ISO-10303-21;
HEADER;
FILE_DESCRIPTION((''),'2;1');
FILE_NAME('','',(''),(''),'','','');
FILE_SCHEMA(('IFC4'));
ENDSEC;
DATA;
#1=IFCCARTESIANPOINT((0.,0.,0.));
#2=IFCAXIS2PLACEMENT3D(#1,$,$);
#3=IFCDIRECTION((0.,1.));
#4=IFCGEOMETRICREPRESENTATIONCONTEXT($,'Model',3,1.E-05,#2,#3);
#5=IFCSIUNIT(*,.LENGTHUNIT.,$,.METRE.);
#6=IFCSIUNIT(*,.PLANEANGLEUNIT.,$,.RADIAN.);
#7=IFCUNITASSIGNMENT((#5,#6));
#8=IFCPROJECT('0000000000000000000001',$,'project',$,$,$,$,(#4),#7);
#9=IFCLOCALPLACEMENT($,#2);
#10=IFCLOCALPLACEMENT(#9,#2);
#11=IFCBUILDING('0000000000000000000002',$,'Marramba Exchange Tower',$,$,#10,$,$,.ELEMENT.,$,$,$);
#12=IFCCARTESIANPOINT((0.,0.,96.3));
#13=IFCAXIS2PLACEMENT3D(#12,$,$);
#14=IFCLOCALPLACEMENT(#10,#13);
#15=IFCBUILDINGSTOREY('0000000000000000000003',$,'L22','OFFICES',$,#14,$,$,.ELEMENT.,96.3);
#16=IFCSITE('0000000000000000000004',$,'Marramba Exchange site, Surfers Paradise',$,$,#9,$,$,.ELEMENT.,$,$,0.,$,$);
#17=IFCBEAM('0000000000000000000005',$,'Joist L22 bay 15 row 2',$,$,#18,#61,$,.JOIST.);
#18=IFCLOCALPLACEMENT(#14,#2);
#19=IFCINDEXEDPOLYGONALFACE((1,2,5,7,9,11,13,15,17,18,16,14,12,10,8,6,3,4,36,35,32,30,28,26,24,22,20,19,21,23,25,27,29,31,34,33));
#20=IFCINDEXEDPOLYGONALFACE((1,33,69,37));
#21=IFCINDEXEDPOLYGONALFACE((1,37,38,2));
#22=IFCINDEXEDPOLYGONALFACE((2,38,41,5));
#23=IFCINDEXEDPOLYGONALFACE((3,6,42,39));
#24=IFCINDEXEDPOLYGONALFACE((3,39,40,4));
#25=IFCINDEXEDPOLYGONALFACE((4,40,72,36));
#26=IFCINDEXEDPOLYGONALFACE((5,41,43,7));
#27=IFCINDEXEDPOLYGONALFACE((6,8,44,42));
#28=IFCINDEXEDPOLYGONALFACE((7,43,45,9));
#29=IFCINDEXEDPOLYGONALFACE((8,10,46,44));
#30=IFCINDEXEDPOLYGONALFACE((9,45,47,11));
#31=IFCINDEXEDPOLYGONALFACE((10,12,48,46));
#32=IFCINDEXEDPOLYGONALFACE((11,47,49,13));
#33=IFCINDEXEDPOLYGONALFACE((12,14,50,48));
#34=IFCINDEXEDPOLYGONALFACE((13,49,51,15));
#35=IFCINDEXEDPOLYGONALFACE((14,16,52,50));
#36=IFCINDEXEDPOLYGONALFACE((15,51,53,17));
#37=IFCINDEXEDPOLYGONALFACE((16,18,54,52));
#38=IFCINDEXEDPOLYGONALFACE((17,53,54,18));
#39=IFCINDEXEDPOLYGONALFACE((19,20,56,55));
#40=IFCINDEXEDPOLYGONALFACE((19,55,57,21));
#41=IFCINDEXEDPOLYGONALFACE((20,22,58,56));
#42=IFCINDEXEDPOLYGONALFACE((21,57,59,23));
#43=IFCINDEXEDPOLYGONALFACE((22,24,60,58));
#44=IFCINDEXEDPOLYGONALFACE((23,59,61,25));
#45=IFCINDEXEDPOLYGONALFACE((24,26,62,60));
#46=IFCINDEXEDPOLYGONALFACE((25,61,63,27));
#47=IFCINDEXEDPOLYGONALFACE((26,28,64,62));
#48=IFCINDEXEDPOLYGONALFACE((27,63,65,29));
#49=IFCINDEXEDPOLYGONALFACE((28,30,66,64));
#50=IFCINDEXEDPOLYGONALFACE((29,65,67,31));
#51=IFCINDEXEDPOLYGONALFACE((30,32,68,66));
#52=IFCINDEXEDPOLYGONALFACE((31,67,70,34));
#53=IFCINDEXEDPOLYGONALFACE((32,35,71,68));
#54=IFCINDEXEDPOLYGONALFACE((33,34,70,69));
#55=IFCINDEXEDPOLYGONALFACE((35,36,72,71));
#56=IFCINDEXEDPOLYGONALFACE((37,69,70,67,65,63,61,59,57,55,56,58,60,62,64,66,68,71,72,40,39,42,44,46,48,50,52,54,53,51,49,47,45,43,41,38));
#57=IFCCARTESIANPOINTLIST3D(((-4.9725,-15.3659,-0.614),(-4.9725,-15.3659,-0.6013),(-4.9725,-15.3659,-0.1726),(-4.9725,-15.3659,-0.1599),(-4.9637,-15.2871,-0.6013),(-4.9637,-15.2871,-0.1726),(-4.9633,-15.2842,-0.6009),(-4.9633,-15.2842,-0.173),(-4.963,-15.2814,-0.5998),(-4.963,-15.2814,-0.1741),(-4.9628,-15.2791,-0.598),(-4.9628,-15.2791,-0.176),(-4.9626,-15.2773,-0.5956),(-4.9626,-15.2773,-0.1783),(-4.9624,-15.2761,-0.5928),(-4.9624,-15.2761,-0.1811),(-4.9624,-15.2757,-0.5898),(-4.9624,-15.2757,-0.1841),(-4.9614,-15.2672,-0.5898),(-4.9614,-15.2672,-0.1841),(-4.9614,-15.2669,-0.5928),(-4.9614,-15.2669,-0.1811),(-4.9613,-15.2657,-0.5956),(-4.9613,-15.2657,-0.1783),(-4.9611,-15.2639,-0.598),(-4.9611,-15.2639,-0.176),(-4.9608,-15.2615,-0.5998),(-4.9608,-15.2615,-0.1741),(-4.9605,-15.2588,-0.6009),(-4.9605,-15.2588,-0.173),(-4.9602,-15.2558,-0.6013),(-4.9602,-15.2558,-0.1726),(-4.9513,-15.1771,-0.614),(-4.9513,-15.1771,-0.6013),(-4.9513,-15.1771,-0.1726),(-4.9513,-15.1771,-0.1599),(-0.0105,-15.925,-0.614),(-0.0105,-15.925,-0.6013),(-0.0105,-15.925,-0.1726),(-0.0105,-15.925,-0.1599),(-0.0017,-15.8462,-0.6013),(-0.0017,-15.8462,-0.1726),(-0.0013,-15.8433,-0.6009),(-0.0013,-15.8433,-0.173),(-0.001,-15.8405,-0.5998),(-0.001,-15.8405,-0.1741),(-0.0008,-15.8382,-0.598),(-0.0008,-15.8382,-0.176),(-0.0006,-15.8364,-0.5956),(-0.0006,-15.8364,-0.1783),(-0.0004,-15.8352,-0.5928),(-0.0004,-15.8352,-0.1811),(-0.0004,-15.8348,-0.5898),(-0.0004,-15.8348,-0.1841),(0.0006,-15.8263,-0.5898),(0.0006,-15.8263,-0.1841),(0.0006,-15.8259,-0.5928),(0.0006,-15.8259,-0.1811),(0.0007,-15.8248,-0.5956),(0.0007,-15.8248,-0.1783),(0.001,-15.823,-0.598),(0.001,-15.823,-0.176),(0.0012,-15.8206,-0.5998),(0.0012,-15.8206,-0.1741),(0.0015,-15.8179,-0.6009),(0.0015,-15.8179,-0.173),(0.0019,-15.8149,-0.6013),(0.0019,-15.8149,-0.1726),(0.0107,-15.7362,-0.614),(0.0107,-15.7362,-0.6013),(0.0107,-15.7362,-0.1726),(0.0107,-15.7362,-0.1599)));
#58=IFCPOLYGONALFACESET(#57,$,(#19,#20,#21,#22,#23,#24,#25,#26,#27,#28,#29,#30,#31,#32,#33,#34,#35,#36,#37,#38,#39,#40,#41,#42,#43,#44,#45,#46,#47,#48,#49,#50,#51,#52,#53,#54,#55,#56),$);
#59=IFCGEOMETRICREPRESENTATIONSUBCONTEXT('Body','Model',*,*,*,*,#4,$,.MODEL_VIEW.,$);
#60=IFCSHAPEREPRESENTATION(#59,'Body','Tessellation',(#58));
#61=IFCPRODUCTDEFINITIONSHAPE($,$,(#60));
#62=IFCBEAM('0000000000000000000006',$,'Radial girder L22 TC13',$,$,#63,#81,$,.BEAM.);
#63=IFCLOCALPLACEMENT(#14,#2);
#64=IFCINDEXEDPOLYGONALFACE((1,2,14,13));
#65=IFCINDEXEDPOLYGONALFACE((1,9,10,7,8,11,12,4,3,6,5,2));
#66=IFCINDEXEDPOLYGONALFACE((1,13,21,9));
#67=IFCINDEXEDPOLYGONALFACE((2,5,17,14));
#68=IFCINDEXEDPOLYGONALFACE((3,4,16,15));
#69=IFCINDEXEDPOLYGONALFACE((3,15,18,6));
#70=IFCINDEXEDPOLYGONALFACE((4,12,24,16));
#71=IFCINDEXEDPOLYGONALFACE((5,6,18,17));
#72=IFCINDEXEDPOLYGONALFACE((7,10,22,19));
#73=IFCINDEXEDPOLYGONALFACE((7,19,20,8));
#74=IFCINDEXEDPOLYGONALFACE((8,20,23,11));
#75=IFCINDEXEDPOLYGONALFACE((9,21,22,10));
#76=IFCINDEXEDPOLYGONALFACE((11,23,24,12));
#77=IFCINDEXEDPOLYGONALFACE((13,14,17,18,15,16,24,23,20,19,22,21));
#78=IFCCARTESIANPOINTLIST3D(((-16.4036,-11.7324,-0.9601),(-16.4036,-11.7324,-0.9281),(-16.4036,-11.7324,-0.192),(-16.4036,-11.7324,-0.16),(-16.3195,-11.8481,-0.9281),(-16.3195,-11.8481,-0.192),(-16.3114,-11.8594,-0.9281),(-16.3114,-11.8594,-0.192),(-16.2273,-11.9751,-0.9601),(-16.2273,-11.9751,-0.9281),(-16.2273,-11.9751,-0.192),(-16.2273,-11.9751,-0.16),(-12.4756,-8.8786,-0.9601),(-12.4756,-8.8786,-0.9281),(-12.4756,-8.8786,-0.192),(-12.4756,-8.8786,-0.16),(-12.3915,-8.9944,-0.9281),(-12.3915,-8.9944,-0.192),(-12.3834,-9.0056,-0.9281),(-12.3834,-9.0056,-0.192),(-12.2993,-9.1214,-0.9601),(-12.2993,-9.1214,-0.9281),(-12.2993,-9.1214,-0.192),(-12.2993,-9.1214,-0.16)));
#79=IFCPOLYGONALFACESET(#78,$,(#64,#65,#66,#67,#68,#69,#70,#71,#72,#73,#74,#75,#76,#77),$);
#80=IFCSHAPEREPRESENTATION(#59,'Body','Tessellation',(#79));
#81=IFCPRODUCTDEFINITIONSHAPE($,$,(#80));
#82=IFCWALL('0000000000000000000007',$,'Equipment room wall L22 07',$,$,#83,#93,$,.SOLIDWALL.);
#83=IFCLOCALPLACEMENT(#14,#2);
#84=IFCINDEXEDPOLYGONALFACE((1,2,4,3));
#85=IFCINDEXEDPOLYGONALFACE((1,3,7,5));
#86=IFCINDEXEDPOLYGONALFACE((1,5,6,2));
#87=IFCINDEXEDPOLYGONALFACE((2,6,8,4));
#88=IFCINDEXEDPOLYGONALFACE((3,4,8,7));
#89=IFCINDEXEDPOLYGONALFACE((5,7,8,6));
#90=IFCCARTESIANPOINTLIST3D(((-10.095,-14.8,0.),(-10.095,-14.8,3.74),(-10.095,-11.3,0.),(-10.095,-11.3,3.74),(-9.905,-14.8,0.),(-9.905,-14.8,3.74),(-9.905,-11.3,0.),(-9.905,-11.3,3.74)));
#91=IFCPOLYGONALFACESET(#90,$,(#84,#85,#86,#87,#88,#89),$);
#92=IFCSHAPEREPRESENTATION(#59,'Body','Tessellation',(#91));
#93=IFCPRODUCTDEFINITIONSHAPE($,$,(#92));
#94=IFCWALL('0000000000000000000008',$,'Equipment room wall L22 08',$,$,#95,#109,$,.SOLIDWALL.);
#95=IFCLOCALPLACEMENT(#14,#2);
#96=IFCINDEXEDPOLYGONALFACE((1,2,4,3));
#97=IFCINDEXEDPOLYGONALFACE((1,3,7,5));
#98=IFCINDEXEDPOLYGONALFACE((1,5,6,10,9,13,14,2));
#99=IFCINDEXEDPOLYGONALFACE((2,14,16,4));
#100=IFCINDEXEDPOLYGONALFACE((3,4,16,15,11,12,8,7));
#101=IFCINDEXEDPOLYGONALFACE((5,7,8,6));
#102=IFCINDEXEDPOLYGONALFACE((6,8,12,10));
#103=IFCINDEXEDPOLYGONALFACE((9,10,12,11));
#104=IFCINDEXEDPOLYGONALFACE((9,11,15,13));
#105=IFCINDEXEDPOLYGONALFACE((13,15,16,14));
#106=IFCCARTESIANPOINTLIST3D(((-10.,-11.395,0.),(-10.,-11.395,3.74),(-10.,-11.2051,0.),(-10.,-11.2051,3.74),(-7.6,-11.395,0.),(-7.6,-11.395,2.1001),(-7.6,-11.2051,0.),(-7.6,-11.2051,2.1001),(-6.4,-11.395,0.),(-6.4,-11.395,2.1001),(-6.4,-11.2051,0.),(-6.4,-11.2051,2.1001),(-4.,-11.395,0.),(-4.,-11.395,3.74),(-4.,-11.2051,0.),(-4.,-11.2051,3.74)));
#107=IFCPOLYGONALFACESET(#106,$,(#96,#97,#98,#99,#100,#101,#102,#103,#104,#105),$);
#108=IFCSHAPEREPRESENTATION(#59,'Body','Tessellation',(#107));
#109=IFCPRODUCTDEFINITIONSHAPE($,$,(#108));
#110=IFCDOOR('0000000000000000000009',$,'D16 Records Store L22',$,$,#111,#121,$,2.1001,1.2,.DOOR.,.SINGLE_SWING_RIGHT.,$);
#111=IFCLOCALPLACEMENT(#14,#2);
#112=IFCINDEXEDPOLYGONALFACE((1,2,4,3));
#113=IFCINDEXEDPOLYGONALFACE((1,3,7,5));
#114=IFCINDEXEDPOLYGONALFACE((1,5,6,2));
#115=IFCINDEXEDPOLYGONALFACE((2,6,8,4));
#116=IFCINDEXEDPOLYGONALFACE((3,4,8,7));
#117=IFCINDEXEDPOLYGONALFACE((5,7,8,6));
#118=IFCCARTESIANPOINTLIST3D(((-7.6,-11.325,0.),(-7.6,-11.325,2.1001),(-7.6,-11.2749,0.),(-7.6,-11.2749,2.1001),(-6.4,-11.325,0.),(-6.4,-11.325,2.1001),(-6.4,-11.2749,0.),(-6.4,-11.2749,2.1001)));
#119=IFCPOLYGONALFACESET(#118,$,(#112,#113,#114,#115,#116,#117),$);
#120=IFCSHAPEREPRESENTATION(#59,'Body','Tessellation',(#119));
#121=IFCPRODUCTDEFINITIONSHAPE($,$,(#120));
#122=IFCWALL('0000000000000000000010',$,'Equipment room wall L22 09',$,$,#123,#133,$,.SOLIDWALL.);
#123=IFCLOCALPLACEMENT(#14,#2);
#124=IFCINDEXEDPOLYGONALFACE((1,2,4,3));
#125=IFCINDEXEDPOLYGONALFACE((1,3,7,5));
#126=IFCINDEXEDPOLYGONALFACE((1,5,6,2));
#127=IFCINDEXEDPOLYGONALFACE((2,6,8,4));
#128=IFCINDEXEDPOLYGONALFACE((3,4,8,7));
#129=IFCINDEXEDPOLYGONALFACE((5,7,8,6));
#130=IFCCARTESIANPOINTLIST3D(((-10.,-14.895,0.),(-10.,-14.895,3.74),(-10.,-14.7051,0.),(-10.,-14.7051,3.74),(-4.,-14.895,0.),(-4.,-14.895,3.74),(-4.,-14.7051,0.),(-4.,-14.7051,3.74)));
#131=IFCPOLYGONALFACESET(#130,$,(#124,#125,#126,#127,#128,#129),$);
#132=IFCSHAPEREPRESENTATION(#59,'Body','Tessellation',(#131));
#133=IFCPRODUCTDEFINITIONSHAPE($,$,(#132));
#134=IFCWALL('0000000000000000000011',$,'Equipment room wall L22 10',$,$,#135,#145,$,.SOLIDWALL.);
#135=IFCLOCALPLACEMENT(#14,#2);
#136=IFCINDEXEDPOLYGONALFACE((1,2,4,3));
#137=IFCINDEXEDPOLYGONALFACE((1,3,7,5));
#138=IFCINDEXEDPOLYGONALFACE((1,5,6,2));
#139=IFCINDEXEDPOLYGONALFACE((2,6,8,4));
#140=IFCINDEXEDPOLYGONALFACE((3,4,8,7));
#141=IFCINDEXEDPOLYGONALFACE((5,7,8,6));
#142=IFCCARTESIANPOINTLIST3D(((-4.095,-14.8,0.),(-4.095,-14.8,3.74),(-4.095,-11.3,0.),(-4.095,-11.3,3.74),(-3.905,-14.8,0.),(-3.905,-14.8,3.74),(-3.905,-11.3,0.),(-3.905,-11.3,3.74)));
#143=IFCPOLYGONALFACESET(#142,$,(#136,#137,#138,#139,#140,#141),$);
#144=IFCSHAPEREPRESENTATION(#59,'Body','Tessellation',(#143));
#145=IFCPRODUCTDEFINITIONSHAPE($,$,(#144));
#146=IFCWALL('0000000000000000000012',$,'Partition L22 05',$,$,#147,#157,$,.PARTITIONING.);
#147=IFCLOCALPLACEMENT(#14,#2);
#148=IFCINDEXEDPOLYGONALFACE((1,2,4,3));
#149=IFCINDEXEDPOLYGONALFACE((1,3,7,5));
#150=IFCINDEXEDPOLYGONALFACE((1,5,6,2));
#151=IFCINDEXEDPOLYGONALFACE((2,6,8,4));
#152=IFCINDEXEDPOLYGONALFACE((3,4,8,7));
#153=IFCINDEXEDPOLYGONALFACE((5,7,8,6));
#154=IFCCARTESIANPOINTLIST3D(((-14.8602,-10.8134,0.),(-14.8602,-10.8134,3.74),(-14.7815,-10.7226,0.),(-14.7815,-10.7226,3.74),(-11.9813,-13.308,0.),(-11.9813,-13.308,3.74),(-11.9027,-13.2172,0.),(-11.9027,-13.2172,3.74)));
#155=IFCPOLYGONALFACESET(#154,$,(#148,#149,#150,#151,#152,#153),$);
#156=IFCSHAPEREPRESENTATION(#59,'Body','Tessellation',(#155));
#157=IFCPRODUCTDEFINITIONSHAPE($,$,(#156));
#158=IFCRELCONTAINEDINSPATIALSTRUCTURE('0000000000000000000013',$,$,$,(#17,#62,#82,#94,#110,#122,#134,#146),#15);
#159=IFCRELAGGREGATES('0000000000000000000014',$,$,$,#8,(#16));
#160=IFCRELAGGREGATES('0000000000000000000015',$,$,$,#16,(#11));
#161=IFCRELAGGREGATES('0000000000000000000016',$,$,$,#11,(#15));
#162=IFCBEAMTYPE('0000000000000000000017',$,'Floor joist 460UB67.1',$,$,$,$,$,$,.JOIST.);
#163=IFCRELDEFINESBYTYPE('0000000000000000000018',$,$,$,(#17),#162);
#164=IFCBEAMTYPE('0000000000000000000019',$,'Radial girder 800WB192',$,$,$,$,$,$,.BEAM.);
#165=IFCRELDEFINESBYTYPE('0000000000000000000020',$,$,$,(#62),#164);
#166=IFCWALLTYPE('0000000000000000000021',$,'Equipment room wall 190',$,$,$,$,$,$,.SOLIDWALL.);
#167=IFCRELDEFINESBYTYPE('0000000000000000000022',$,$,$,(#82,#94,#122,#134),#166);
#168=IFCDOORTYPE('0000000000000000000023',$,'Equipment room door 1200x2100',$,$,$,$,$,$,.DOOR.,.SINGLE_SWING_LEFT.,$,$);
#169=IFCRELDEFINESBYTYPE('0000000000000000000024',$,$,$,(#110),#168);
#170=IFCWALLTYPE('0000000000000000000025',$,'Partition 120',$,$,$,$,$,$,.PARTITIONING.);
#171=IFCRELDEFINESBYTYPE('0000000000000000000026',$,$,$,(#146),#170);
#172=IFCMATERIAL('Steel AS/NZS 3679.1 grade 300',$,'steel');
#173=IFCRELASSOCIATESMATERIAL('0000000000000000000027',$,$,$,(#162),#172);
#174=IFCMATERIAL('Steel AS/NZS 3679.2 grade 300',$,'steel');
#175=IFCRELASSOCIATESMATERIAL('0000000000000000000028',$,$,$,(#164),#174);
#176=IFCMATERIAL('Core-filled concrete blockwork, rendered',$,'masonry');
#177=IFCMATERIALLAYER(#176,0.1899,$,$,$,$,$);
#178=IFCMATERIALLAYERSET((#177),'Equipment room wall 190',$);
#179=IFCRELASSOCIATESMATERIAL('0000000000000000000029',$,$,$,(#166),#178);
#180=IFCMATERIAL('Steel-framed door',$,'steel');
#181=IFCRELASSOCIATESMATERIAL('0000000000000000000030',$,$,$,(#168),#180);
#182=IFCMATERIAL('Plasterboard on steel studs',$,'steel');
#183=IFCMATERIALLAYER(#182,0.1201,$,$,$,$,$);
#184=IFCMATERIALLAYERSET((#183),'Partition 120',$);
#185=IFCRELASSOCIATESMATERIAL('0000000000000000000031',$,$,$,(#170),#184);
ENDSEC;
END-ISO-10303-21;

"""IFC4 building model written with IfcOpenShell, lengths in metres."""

from ifc_helpers import new_model, si_unit, direction, frame, frame_2d, origin, origin_2d, place, context, subcontext, project, spatial, rectangle, i_section, extrude, material, layer, layer_set, material_profile, profile_set, type_object, element, fill, save


model = new_model("IFC4")

# Units and contexts
model_context = context("Model", 3, precision=1e-05, world=origin(), true_north=direction((0.0, 1.0)))
body_context = subcontext(model_context, "Body", "Model", "MODEL_VIEW")
ifc_project = project(units=[si_unit("LENGTHUNIT", "METRE"), si_unit("PLANEANGLEUNIT", "RADIAN")], contexts=[model_context])

# Site, building, storey
site_placement = place(None, origin())
site = spatial("IfcSite", under=ifc_project, at=site_placement, Name="Marramba Exchange site, Surfers Paradise", CompositionType="ELEMENT", RefElevation=0.0)
building_placement = place(site_placement, origin())
building = spatial("IfcBuilding", under=site, at=building_placement, Name="Marramba Exchange Tower", CompositionType="ELEMENT")
storey_placement = place(building_placement, frame((0.0, 0.0, 96.3)))
storey = spatial("IfcBuildingStorey", under=building, at=storey_placement, Name="L22", Description="OFFICES", CompositionType="ELEMENT", Elevation=96.3)

# Beams
ifc_material_1 = material(Name="Steel AS/NZS 3679.2 grade 300", Category="steel")
ifc_material_2 = material(Name="Steel AS/NZS 3679.1 grade 300", Category="steel")
ifc_material_profile_1 = material_profile(ifc_material_2, i_section(OverallWidth=0.1899, OverallDepth=0.4541, WebThickness=0.0085, FlangeThickness=0.0127, FilletRadius=0.0115, at=origin_2d()), Name="460UB67.1")
ifc_profile_set_1 = profile_set([ifc_material_profile_1], Name="Steel AS/NZS 3679.1 grade 300")
beam_type_1 = type_object("IfcBeamType", Name="Floor joist 460UB67.1", PredefinedType="JOIST", material=ifc_profile_set_1)
beam_1_placement = place(storey_placement, frame((-4.9619, -15.2715, -0.387), z_axis=(0.993712, -0.111966, 0.0), x_axis=(0.111966, 0.993712, 0.0)))
element("IfcBeam", 1, at=beam_1_placement, inside=storey, type_object=beam_type_1, Name="Joist L22 bay 15 row 2", PredefinedType="JOIST", context=body_context, shape_type="SweptSolid", body=[
    extrude(i_section(OverallWidth=0.1899, OverallDepth=0.4541, WebThickness=0.0085, FlangeThickness=0.0127, FilletRadius=0.0115, at=origin_2d()), origin(), (0.0, 0.0, 1.0), 4.9934),
])
ifc_material_profile_2 = material_profile(ifc_material_1, i_section(OverallWidth=0.3, OverallDepth=0.8, WebThickness=0.0139, FlangeThickness=0.032, at=origin_2d()), Name="800WB192")
ifc_profile_set_2 = profile_set([ifc_material_profile_2], Name="Steel AS/NZS 3679.2 grade 300")
beam_type_2 = type_object("IfcBeamType", Name="Radial girder 800WB192", PredefinedType="BEAM", material=ifc_profile_set_2)
beam_2_placement = place(storey_placement, frame((-12.3875, -9.0, -0.5601), z_axis=(-0.809025, -0.587774, 0.0), x_axis=(0.587774, -0.809025, 0.0)))
element("IfcBeam", 2, at=beam_2_placement, inside=storey, type_object=beam_type_2, Name="Radial girder L22 TC13", PredefinedType="BEAM", context=body_context, shape_type="SweptSolid", body=[
    extrude(i_section(OverallWidth=0.3, OverallDepth=0.8, WebThickness=0.0139, FlangeThickness=0.032, at=origin_2d()), origin(), (0.0, 0.0, 1.0), 4.8552),
])

# Wall
ifc_material_3 = material(Name="Core-filled concrete blockwork, rendered", Category="masonry")
ifc_layer_1 = layer(ifc_material_3, 0.1899)
ifc_layer_set_1 = layer_set([ifc_layer_1], Name="Equipment room wall 190")
wall_type_1 = type_object("IfcWallType", Name="Equipment room wall 190", PredefinedType="SOLIDWALL", material=ifc_layer_set_1)
wall_1_placement = place(storey_placement, frame((-10.0, -11.3, 0.0), z_axis=(0.0, 0.0, 1.0), x_axis=(0.0, -1.0, 0.0)))
element("IfcWall", 3, at=wall_1_placement, inside=storey, type_object=wall_type_1, Name="Equipment room wall L22 07", PredefinedType="SOLIDWALL", context=body_context, shape_type="SweptSolid", body=[
    extrude(rectangle(XDim=3.5, YDim=0.1899, at=frame_2d((1.75, 0.0))), origin(), (0.0, 0.0, 1.0), 3.74),
])

# Wall, opening, door
wall_2_placement = place(storey_placement, frame((-4.0, -11.3, 0.0), z_axis=(0.0, 0.0, 1.0), x_axis=(-1.0, 0.0, 0.0)))
wall_2 = element("IfcWall", 4, at=wall_2_placement, inside=storey, type_object=wall_type_1, Name="Equipment room wall L22 08", PredefinedType="SOLIDWALL", context=body_context, shape_type="SweptSolid", body=[
    extrude(rectangle(XDim=6.0, YDim=0.1899, at=frame_2d((3.0, 0.0))), origin(), (0.0, 0.0, 1.0), 3.74),
])
opening_1_placement = place(wall_2_placement, frame((2.3999, 0.0, 0.0)))
opening_1 = element("IfcOpeningElement", 5, at=opening_1_placement, cuts=wall_2, PredefinedType="OPENING", context=body_context, shape_type="SweptSolid", body=[
    extrude(rectangle(XDim=1.2, YDim=2.1001, at=frame_2d((0.6001, 1.05))), frame((0.0, 0.105, 0.0), z_axis=(0.0, -1.0, 0.0), x_axis=(1.0, 0.0, 0.0)), (0.0, 0.0, 1.0), 0.21),
])
ifc_material_4 = material(Name="Steel-framed door", Category="steel")
door_type_1 = type_object("IfcDoorType", Name="Equipment room door 1200x2100", OperationType="SINGLE_SWING_LEFT", PredefinedType="DOOR", material=ifc_material_4)
door_1_placement = place(opening_1_placement, origin())
door_1 = element("IfcDoor", 6, at=door_1_placement, inside=storey, type_object=door_type_1, Name="D16 Records Store L22", OperationType="SINGLE_SWING_RIGHT", OverallHeight=2.1001, OverallWidth=1.2, PredefinedType="DOOR", context=body_context, shape_type="SweptSolid", body=[
    extrude(rectangle(XDim=1.2, YDim=2.1001, at=frame_2d((0.6001, 1.05))), frame((0.0, 0.0249, 0.0), z_axis=(0.0, -1.0, 0.0), x_axis=(1.0, 0.0, 0.0)), (0.0, 0.0, 1.0), 0.05),
])
fill(opening_1, door_1)

# Walls
wall_3_placement = place(storey_placement, frame((-10.0, -14.8, 0.0), z_axis=(0.0, 0.0, 1.0), x_axis=(1.0, 0.0, 0.0)))
element("IfcWall", 7, at=wall_3_placement, inside=storey, type_object=wall_type_1, Name="Equipment room wall L22 09", PredefinedType="SOLIDWALL", context=body_context, shape_type="SweptSolid", body=[
    extrude(rectangle(XDim=6.0, YDim=0.1899, at=frame_2d((3.0, 0.0))), origin(), (0.0, 0.0, 1.0), 3.74),
])
wall_4_placement = place(storey_placement, frame((-4.0, -11.3, 0.0), z_axis=(0.0, 0.0, 1.0), x_axis=(0.0, -1.0, 0.0)))
element("IfcWall", 8, at=wall_4_placement, inside=storey, type_object=wall_type_1, Name="Equipment room wall L22 10", PredefinedType="SOLIDWALL", context=body_context, shape_type="SweptSolid", body=[
    extrude(rectangle(XDim=3.5, YDim=0.1899, at=frame_2d((1.75, 0.0))), origin(), (0.0, 0.0, 1.0), 3.74),
])
ifc_material_5 = material(Name="Plasterboard on steel studs", Category="steel")
ifc_layer_2 = layer(ifc_material_5, 0.1201)
ifc_layer_set_2 = layer_set([ifc_layer_2], Name="Partition 120")
wall_type_2 = type_object("IfcWallType", Name="Partition 120", PredefinedType="PARTITIONING", material=ifc_layer_set_2)
wall_5_placement = place(storey_placement, frame((-11.9419, -13.2627, 0.0), z_axis=(0.0, 0.0, 1.0), x_axis=(-0.755744, 0.654867, 0.0)))
element("IfcWall", 9, at=wall_5_placement, inside=storey, type_object=wall_type_2, Name="Partition L22 05", PredefinedType="PARTITIONING", context=body_context, shape_type="SweptSolid", body=[
    extrude(rectangle(XDim=3.8093, YDim=0.1201, at=frame_2d((1.9048, 0.0))), origin(), (0.0, 0.0, 1.0), 3.74),
])

save(model, "model.ifc")
